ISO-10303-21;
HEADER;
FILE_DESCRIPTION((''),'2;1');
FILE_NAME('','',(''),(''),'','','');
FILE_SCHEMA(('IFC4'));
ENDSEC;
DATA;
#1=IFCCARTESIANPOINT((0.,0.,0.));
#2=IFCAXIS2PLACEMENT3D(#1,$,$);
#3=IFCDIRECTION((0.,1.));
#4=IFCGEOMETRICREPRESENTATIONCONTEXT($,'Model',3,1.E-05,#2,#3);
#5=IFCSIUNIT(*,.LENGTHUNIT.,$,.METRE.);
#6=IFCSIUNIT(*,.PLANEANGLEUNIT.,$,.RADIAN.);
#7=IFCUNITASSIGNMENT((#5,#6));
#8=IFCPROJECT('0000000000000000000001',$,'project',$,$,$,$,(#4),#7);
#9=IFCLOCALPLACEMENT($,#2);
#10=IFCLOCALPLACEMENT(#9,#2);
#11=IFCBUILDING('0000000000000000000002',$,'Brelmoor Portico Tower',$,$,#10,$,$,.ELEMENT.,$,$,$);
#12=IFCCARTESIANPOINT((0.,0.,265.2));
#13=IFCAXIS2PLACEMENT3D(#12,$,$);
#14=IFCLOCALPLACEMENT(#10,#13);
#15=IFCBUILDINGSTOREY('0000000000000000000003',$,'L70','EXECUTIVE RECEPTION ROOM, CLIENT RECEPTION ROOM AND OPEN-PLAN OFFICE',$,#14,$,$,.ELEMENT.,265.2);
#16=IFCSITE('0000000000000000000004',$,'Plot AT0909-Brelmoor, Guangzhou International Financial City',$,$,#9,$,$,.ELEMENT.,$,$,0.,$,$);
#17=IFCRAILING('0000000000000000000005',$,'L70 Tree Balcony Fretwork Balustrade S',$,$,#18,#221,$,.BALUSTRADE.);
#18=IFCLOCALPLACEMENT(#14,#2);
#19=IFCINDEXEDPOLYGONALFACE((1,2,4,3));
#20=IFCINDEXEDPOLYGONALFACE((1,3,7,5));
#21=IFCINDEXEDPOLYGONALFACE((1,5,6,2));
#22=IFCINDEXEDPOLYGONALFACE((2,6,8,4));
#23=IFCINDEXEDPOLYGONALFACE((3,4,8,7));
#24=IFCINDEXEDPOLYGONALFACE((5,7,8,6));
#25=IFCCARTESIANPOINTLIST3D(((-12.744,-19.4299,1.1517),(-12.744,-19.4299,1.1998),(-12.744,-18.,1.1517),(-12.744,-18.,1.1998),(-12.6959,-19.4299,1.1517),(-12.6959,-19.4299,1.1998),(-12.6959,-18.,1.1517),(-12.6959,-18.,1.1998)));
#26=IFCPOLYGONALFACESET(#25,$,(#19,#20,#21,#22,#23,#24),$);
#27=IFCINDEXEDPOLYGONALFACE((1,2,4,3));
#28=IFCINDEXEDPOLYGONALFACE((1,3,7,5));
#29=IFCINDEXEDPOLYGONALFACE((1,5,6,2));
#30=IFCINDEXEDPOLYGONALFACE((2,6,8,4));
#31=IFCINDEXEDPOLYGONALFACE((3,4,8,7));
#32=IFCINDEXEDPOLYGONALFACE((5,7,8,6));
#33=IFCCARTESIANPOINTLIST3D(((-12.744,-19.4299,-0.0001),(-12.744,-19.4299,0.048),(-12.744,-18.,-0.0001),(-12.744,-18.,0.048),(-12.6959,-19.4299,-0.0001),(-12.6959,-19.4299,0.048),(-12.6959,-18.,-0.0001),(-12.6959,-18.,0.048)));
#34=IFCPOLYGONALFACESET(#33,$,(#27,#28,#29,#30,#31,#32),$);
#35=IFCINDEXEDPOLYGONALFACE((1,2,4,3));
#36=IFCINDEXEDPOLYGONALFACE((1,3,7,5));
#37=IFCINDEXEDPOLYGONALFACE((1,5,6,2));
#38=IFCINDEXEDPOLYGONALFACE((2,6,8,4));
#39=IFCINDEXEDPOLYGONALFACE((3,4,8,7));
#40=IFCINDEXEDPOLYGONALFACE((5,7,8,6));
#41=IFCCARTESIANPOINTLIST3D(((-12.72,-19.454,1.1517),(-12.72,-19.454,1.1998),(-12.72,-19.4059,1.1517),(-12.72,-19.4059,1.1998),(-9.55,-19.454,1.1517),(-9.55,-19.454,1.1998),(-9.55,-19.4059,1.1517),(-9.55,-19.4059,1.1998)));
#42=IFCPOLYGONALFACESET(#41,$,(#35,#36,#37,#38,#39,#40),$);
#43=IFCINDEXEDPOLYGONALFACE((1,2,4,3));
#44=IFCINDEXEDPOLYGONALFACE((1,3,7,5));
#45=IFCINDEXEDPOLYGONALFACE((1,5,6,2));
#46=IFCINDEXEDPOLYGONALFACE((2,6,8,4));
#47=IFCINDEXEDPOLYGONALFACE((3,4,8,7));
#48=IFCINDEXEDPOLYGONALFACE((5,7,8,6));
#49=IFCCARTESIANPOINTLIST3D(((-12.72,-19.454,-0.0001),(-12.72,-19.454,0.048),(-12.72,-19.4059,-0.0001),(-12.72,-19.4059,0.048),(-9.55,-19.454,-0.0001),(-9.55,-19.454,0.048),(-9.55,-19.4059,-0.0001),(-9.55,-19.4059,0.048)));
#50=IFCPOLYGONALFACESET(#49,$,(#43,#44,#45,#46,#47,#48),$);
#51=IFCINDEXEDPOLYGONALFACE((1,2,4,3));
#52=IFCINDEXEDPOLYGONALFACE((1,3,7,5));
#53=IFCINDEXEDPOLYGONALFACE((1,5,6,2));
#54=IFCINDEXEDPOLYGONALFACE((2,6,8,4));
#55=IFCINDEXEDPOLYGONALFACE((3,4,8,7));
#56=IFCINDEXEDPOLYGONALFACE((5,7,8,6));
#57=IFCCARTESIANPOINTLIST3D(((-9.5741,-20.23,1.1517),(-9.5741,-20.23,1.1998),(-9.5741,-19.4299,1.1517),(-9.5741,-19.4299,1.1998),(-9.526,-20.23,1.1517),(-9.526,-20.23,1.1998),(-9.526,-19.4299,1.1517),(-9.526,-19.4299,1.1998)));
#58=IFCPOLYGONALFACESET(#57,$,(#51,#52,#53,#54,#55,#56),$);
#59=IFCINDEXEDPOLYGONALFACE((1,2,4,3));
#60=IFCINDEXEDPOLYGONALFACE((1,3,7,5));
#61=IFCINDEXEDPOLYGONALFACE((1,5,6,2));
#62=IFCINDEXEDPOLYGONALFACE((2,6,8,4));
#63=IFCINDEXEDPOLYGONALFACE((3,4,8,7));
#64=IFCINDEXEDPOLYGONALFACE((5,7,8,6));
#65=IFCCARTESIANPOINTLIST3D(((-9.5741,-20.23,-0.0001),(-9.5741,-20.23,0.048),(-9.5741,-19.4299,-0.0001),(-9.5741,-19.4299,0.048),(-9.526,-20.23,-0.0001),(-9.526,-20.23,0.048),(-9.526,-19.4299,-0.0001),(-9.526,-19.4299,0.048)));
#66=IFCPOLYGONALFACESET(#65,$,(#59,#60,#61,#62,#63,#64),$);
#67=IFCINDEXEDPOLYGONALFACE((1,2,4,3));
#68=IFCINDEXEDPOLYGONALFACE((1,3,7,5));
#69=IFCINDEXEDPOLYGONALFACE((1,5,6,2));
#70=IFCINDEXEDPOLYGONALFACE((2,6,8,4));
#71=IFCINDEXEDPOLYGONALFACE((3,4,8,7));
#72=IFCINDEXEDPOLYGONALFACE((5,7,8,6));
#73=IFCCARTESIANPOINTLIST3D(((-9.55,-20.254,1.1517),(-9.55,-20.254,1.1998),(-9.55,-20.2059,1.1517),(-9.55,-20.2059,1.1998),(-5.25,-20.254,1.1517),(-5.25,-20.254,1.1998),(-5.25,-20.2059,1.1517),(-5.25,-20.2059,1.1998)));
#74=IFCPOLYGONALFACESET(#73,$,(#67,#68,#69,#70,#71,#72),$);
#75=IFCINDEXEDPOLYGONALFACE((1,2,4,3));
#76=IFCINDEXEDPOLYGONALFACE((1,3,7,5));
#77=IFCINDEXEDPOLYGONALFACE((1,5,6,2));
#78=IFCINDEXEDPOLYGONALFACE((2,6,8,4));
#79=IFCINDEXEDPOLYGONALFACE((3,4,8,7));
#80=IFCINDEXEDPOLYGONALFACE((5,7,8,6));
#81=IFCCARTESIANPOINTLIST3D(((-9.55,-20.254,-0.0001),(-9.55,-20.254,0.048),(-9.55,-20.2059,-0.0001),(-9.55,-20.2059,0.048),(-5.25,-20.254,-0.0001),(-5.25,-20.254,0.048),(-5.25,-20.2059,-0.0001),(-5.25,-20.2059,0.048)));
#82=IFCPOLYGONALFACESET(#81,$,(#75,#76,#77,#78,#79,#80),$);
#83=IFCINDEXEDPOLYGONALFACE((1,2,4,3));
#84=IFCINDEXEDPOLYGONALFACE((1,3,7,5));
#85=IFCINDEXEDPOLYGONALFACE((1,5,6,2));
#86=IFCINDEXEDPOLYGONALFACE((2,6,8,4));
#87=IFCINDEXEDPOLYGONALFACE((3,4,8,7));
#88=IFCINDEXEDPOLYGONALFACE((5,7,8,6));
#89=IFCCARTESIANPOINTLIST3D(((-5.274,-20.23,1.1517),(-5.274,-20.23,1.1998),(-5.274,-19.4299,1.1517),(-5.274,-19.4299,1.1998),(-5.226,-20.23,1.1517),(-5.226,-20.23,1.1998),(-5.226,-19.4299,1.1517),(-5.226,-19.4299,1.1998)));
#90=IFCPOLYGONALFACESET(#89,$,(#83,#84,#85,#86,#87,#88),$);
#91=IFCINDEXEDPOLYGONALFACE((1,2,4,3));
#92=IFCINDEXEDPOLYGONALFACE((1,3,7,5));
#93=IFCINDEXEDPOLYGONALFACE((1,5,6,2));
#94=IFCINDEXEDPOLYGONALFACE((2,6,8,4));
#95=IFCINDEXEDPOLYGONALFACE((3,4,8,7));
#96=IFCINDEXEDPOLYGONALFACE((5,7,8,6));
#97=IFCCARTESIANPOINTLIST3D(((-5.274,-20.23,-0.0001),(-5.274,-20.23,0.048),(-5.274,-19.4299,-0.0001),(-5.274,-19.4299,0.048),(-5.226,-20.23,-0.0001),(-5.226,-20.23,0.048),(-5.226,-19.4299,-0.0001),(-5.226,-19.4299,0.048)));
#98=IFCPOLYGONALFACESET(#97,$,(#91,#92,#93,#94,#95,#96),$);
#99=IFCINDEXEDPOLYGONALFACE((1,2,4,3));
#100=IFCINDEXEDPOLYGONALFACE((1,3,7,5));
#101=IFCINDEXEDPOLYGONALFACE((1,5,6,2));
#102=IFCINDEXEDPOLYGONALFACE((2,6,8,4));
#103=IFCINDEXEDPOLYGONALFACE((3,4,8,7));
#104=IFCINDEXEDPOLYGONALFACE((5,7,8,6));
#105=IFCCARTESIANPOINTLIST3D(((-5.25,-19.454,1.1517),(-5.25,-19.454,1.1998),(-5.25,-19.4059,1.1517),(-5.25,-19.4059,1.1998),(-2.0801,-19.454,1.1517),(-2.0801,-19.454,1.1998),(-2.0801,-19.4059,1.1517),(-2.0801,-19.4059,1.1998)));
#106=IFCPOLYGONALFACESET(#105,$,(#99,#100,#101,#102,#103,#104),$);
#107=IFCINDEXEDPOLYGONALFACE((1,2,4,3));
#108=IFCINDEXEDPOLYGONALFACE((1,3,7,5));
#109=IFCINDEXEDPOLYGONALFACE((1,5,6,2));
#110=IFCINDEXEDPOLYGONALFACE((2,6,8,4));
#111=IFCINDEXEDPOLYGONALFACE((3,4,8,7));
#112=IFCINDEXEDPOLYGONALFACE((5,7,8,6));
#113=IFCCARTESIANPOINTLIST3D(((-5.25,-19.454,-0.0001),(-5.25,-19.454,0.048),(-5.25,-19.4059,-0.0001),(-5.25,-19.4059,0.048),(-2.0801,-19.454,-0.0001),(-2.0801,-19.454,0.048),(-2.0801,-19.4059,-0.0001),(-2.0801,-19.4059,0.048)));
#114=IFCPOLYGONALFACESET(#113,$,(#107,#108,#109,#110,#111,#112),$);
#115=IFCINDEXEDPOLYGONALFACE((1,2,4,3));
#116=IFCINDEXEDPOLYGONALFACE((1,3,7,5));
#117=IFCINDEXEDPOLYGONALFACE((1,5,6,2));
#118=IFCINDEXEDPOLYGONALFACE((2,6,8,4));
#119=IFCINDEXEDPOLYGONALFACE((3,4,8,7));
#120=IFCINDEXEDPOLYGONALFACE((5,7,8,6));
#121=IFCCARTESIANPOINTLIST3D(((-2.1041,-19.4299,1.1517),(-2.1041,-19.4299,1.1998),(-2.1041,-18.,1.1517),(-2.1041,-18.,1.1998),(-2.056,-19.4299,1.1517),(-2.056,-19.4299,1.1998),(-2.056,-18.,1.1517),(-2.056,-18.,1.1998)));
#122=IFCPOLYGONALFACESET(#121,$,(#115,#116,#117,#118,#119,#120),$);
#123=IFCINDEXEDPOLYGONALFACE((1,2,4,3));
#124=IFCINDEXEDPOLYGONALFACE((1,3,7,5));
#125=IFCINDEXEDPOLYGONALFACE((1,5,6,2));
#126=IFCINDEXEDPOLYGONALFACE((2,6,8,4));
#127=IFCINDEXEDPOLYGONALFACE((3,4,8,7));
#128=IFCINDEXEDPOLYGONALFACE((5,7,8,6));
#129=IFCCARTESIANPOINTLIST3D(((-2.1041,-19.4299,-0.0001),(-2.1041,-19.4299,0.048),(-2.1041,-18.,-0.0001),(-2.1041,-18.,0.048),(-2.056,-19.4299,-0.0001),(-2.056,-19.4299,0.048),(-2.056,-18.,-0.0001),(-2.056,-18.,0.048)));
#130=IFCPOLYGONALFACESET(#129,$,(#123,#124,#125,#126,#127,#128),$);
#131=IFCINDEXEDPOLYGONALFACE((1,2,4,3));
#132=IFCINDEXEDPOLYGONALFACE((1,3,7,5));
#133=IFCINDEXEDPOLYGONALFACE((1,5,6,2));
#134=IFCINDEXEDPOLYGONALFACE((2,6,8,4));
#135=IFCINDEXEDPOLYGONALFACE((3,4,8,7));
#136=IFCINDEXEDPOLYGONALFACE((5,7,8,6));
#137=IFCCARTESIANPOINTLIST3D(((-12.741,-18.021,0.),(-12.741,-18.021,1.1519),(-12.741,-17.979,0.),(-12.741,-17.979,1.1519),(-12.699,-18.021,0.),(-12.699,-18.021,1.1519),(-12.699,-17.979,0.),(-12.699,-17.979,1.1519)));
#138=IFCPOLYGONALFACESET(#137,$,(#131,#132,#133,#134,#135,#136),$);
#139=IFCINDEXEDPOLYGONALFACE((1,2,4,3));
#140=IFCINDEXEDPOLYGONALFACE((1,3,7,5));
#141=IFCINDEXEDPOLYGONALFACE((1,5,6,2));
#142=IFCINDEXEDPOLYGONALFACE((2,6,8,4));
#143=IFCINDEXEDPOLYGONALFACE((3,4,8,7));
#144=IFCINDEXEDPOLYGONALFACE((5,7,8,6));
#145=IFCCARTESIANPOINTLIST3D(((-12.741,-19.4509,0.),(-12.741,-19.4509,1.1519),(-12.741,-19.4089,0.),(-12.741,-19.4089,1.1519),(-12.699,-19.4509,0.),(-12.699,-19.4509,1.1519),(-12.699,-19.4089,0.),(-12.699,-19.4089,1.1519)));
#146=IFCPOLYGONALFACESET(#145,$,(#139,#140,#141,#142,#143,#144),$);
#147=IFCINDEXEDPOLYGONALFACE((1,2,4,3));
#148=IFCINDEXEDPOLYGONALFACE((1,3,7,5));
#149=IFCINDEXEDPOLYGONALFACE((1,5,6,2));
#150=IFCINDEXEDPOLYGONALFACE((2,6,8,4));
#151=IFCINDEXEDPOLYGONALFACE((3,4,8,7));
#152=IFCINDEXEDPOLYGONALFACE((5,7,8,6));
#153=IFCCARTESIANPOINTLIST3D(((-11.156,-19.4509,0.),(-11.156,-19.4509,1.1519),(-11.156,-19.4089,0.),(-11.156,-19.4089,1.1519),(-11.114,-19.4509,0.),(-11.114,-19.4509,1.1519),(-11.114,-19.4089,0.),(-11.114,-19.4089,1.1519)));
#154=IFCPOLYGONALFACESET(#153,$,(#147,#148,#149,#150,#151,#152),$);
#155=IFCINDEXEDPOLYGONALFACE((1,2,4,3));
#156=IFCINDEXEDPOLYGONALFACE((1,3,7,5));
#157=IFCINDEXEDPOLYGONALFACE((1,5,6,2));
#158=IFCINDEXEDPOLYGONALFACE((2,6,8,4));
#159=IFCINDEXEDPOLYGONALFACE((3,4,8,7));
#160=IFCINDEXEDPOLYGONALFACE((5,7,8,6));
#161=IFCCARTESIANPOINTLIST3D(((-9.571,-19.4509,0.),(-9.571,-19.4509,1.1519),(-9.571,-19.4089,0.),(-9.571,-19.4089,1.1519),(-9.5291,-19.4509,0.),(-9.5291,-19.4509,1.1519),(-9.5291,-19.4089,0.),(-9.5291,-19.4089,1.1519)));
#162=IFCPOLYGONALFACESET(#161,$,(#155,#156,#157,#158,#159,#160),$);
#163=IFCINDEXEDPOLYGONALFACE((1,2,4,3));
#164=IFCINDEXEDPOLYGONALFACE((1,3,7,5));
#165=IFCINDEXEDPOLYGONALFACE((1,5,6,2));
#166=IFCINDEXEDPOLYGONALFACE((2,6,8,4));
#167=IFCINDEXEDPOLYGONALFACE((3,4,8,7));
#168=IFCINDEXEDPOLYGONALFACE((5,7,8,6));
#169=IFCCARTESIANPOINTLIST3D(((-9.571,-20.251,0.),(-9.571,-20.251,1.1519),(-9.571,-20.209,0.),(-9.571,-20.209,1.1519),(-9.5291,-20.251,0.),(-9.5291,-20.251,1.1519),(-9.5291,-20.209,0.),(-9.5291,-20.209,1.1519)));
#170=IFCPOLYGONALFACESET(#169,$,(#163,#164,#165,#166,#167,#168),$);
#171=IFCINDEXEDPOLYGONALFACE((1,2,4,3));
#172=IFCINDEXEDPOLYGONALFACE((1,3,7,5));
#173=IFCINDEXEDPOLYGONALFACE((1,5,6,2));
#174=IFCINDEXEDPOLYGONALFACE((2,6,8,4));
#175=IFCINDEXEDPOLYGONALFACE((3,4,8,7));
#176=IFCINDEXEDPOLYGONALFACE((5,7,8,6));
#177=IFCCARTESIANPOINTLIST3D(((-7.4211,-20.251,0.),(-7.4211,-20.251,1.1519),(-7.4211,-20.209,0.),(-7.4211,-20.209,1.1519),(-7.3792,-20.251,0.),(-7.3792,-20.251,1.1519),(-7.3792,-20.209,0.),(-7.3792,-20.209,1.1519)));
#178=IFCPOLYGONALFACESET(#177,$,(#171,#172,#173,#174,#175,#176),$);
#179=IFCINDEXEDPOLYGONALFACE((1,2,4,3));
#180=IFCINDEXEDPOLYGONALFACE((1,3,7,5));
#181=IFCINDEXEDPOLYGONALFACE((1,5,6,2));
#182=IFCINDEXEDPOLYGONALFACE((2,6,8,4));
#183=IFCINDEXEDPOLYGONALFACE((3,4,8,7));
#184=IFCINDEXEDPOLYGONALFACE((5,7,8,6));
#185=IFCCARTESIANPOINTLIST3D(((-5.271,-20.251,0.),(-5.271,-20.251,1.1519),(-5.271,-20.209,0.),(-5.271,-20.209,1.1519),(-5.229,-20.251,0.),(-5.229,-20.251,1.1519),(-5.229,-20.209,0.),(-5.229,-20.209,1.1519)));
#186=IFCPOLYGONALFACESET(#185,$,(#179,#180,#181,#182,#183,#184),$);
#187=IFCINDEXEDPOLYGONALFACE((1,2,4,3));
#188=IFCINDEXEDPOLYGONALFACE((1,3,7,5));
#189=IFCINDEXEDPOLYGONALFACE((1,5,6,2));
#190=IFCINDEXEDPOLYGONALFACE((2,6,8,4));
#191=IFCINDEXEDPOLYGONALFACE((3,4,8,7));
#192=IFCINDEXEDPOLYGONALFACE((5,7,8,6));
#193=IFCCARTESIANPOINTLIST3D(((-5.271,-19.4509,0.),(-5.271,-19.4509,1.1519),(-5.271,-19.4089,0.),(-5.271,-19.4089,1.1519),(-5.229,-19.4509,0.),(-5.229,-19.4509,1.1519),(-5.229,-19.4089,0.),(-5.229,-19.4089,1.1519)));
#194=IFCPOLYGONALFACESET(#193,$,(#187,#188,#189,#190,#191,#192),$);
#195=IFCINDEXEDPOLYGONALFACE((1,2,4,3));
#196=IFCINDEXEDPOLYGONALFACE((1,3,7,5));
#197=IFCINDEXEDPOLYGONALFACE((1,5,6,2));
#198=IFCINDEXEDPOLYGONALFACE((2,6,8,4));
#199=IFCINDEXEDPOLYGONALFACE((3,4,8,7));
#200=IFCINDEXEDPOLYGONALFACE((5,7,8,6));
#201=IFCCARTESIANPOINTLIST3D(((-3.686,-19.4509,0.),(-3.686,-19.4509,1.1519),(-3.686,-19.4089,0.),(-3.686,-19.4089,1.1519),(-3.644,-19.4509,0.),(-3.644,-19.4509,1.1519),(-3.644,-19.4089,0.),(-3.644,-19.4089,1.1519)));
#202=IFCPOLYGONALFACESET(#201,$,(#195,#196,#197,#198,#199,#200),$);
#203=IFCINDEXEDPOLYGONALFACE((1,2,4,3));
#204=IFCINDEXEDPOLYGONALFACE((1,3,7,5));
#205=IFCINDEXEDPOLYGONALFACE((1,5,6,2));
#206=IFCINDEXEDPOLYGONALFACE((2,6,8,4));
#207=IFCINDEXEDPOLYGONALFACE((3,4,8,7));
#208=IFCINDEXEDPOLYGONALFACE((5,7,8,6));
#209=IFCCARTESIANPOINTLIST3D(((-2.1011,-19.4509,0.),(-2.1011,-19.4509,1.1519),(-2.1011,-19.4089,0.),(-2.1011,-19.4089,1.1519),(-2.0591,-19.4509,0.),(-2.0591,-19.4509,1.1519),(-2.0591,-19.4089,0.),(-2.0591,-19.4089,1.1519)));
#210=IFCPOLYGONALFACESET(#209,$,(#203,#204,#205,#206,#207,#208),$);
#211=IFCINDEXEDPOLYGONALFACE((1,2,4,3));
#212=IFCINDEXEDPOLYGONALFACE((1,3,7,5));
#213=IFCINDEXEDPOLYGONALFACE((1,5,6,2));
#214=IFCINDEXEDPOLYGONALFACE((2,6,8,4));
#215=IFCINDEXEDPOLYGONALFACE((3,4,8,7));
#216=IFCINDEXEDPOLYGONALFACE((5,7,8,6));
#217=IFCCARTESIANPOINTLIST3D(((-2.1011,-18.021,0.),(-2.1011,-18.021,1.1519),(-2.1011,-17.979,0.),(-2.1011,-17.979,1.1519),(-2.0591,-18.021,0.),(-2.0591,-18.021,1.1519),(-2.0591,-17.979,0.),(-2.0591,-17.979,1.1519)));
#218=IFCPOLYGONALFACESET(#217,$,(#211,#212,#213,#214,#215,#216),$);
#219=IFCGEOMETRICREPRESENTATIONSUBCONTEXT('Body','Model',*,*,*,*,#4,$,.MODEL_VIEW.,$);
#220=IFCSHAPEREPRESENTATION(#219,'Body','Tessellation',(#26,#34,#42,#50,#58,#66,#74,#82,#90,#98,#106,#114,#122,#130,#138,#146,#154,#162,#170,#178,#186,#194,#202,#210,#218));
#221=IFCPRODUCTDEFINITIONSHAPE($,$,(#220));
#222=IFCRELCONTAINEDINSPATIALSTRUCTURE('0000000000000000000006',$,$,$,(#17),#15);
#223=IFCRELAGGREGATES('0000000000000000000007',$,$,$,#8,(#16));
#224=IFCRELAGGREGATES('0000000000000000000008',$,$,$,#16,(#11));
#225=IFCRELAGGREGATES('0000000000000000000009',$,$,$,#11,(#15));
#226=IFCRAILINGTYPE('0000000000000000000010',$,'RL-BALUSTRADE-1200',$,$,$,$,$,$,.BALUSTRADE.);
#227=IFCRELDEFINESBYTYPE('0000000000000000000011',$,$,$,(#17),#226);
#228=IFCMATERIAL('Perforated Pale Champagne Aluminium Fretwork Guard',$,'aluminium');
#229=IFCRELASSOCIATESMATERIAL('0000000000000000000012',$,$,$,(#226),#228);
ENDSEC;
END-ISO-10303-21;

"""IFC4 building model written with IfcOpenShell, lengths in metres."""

from ifc_helpers import new_model, si_unit, direction, frame, origin, origin_2d, place, context, subcontext, project, spatial, rectangle, extrude, material, type_object, element, save


model = new_model("IFC4")

# Units and contexts
model_context = context("Model", 3, precision=1e-05, world=origin(), true_north=direction((0.0, 1.0)))
body_context = subcontext(model_context, "Body", "Model", "MODEL_VIEW")
ifc_project = project(units=[si_unit("LENGTHUNIT", "METRE"), si_unit("PLANEANGLEUNIT", "RADIAN")], contexts=[model_context])

# Site, building, storey
site_placement = place(None, origin())
site = spatial("IfcSite", under=ifc_project, at=site_placement, Name="Plot AT0909-Brelmoor, Guangzhou International Financial City", CompositionType="ELEMENT", RefElevation=0.0)
building_placement = place(site_placement, origin())
building = spatial("IfcBuilding", under=site, at=building_placement, Name="Brelmoor Portico Tower", CompositionType="ELEMENT")
storey_placement = place(building_placement, frame((0.0, 0.0, 265.2)))
storey = spatial("IfcBuildingStorey", under=building, at=storey_placement, Name="L70", Description="EXECUTIVE RECEPTION ROOM, CLIENT RECEPTION ROOM AND OPEN-PLAN OFFICE", CompositionType="ELEMENT", Elevation=265.2)

# Railing
ifc_material_1 = material(Name="Perforated Pale Champagne Aluminium Fretwork Guard", Category="aluminium")
railing_type = type_object("IfcRailingType", Name="RL-BALUSTRADE-1200", PredefinedType="BALUSTRADE", material=ifc_material_1)
railing_1_placement = place(storey_placement, frame((-12.72, -18.0, 0.0)))
element("IfcRailing", 1, at=railing_1_placement, inside=storey, type_object=railing_type, Name="L70 Tree Balcony Fretwork Balustrade S", PredefinedType="BALUSTRADE", context=body_context, shape_type="SweptSolid", body=[
    extrude(rectangle(XDim=0.0481, YDim=0.0481, at=origin_2d()), frame((0.0, 0.0, 1.1758), z_axis=(0.0, -1.0, 0.0), x_axis=(1.0, 0.0, 0.0)), (0.0, 0.0, 1.0), 1.4299),
    extrude(rectangle(XDim=0.0481, YDim=0.0481, at=origin_2d()), frame((0.0, 0.0, 0.0239), z_axis=(0.0, -1.0, 0.0), x_axis=(1.0, 0.0, 0.0)), (0.0, 0.0, 1.0), 1.4299),
    extrude(rectangle(XDim=0.0481, YDim=0.0481, at=origin_2d()), frame((0.0, -1.4299, 1.1758), z_axis=(1.0, 0.0, 0.0), x_axis=(0.0, 1.0, 0.0)), (0.0, 0.0, 1.0), 3.1699),
    extrude(rectangle(XDim=0.0481, YDim=0.0481, at=origin_2d()), frame((0.0, -1.4299, 0.0239), z_axis=(1.0, 0.0, 0.0), x_axis=(0.0, 1.0, 0.0)), (0.0, 0.0, 1.0), 3.1699),
    extrude(rectangle(XDim=0.0481, YDim=0.0481, at=origin_2d()), frame((3.1699, -1.4299, 1.1758), z_axis=(0.0, -1.0, 0.0), x_axis=(1.0, 0.0, 0.0)), (0.0, 0.0, 1.0), 0.8),
    extrude(rectangle(XDim=0.0481, YDim=0.0481, at=origin_2d()), frame((3.1699, -1.4299, 0.0239), z_axis=(0.0, -1.0, 0.0), x_axis=(1.0, 0.0, 0.0)), (0.0, 0.0, 1.0), 0.8),
    extrude(rectangle(XDim=0.0481, YDim=0.0481, at=origin_2d()), frame((3.1699, -2.23, 1.1758), z_axis=(1.0, 0.0, 0.0), x_axis=(0.0, 1.0, 0.0)), (0.0, 0.0, 1.0), 4.3),
    extrude(rectangle(XDim=0.0481, YDim=0.0481, at=origin_2d()), frame((3.1699, -2.23, 0.0239), z_axis=(1.0, 0.0, 0.0), x_axis=(0.0, 1.0, 0.0)), (0.0, 0.0, 1.0), 4.3),
    extrude(rectangle(XDim=0.0481, YDim=0.0481, at=origin_2d()), frame((7.47, -2.23, 1.1758), z_axis=(0.0, 1.0, 0.0), x_axis=(-1.0, 0.0, 0.0)), (0.0, 0.0, 1.0), 0.8),
    extrude(rectangle(XDim=0.0481, YDim=0.0481, at=origin_2d()), frame((7.47, -2.23, 0.0239), z_axis=(0.0, 1.0, 0.0), x_axis=(-1.0, 0.0, 0.0)), (0.0, 0.0, 1.0), 0.8),
    extrude(rectangle(XDim=0.0481, YDim=0.0481, at=origin_2d()), frame((7.47, -1.4299, 1.1758), z_axis=(1.0, 0.0, 0.0), x_axis=(0.0, 1.0, 0.0)), (0.0, 0.0, 1.0), 3.1699),
    extrude(rectangle(XDim=0.0481, YDim=0.0481, at=origin_2d()), frame((7.47, -1.4299, 0.0239), z_axis=(1.0, 0.0, 0.0), x_axis=(0.0, 1.0, 0.0)), (0.0, 0.0, 1.0), 3.1699),
    extrude(rectangle(XDim=0.0481, YDim=0.0481, at=origin_2d()), frame((10.6399, -1.4299, 1.1758), z_axis=(0.0, 1.0, 0.0), x_axis=(-1.0, 0.0, 0.0)), (0.0, 0.0, 1.0), 1.4299),
    extrude(rectangle(XDim=0.0481, YDim=0.0481, at=origin_2d()), frame((10.6399, -1.4299, 0.0239), z_axis=(0.0, 1.0, 0.0), x_axis=(-1.0, 0.0, 0.0)), (0.0, 0.0, 1.0), 1.4299),
    extrude(rectangle(XDim=0.042, YDim=0.042, at=origin_2d()), origin(), (0.0, 0.0, 1.0), 1.1519),
    extrude(rectangle(XDim=0.042, YDim=0.042, at=origin_2d()), frame((0.0, -1.4299, 0.0)), (0.0, 0.0, 1.0), 1.1519),
    extrude(rectangle(XDim=0.042, YDim=0.042, at=origin_2d()), frame((1.585, -1.4299, 0.0)), (0.0, 0.0, 1.0), 1.1519),
    extrude(rectangle(XDim=0.042, YDim=0.042, at=origin_2d()), frame((3.1699, -1.4299, 0.0)), (0.0, 0.0, 1.0), 1.1519),
    extrude(rectangle(XDim=0.042, YDim=0.042, at=origin_2d()), frame((3.1699, -2.23, 0.0)), (0.0, 0.0, 1.0), 1.1519),
    extrude(rectangle(XDim=0.042, YDim=0.042, at=origin_2d()), frame((5.3198, -2.23, 0.0)), (0.0, 0.0, 1.0), 1.1519),
    extrude(rectangle(XDim=0.042, YDim=0.042, at=origin_2d()), frame((7.47, -2.23, 0.0)), (0.0, 0.0, 1.0), 1.1519),
    extrude(rectangle(XDim=0.042, YDim=0.042, at=origin_2d()), frame((7.47, -1.4299, 0.0)), (0.0, 0.0, 1.0), 1.1519),
    extrude(rectangle(XDim=0.042, YDim=0.042, at=origin_2d()), frame((9.0549, -1.4299, 0.0)), (0.0, 0.0, 1.0), 1.1519),
    extrude(rectangle(XDim=0.042, YDim=0.042, at=origin_2d()), frame((10.6399, -1.4299, 0.0)), (0.0, 0.0, 1.0), 1.1519),
    extrude(rectangle(XDim=0.042, YDim=0.042, at=origin_2d()), frame((10.6399, 0.0, 0.0)), (0.0, 0.0, 1.0), 1.1519),
])

save(model, "model.ifc")
